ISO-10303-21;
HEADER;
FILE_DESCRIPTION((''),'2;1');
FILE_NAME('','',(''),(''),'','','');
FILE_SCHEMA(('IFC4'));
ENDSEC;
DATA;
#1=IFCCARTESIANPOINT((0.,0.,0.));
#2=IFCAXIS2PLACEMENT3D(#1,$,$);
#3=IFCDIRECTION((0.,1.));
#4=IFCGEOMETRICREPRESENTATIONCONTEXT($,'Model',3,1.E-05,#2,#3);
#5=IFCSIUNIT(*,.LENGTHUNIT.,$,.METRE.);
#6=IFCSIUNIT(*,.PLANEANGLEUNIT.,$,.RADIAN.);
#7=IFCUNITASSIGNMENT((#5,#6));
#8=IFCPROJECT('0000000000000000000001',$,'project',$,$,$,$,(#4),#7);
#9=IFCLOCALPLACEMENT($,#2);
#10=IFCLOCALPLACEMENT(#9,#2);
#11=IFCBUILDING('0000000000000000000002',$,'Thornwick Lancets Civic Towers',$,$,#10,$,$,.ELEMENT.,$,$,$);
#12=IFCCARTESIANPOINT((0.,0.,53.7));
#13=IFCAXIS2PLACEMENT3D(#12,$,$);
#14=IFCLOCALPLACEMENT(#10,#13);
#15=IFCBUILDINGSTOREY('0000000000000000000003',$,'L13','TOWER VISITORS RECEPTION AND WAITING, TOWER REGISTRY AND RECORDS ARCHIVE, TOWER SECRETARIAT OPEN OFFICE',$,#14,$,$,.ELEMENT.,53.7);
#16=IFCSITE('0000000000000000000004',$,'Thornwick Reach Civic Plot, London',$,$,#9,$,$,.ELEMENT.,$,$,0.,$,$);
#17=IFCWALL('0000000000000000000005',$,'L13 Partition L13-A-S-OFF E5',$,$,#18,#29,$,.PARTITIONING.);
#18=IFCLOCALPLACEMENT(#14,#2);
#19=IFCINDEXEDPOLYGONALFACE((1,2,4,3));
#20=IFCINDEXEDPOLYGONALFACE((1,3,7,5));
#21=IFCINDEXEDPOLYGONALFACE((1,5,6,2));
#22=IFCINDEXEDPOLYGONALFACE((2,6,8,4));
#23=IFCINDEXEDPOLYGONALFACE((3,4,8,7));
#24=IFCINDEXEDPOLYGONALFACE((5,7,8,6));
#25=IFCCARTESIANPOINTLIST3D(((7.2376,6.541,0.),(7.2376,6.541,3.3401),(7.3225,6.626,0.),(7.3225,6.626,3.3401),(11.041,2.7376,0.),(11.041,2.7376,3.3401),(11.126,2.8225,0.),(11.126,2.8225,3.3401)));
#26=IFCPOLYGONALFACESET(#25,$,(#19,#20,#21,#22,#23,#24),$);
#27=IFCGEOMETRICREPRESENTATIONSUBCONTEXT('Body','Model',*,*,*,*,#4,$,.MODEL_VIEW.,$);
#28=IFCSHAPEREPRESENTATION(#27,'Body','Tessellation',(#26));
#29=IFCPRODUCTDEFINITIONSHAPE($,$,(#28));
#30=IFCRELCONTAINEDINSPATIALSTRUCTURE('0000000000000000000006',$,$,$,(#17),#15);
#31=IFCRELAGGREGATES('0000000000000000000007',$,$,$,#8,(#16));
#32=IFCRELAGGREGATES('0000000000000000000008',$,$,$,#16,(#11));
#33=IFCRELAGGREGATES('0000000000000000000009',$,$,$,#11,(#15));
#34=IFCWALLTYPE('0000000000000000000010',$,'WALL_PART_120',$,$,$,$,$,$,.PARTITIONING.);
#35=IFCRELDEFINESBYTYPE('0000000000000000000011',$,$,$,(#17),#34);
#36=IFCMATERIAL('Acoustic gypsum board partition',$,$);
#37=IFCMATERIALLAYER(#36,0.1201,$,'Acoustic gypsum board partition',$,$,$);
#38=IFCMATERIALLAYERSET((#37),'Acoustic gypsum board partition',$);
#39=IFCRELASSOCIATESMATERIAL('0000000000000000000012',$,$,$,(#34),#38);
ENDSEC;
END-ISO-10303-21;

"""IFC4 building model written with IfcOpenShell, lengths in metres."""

from ifc_helpers import new_model, si_unit, direction, frame, frame_2d, origin, place, context, subcontext, project, spatial, rectangle, extrude, material, layer, layer_set, type_object, element, save


model = new_model("IFC4")

# Units and contexts
model_context = context("Model", 3, precision=1e-05, world=origin(), true_north=direction((0.0, 1.0)))
body_context = subcontext(model_context, "Body", "Model", "MODEL_VIEW")
ifc_project = project(units=[si_unit("LENGTHUNIT", "METRE"), si_unit("PLANEANGLEUNIT", "RADIAN")], contexts=[model_context])

# Site, building, storey
site_placement = place(None, origin())
site = spatial("IfcSite", under=ifc_project, at=site_placement, Name="Thornwick Reach Civic Plot, London", CompositionType="ELEMENT", RefElevation=0.0)
building_placement = place(site_placement, origin())
building = spatial("IfcBuilding", under=site, at=building_placement, Name="Thornwick Lancets Civic Towers", CompositionType="ELEMENT")
storey_placement = place(building_placement, frame((0.0, 0.0, 53.7)))
storey = spatial("IfcBuildingStorey", under=building, at=storey_placement, Name="L13", Description="TOWER VISITORS RECEPTION AND WAITING, TOWER REGISTRY AND RECORDS ARCHIVE, TOWER SECRETARIAT OPEN OFFICE", CompositionType="ELEMENT", Elevation=53.7)

# Wall
ifc_material_1 = material(Name="Acoustic gypsum board partition")
ifc_layer_1 = layer(ifc_material_1, 0.1201, Name="Acoustic gypsum board partition")
ifc_layer_set_1 = layer_set([ifc_layer_1], Name="Acoustic gypsum board partition")
wall_type_1 = type_object("IfcWallType", Name="WALL_PART_120", PredefinedType="PARTITIONING", material=ifc_layer_set_1)
wall_1_placement = place(storey_placement, frame((11.0835, 2.78, 0.0), z_axis=(0.0, 0.0, 1.0), x_axis=(-0.707107, 0.707107, 0.0)))
element("IfcWall", 1, at=wall_1_placement, inside=storey, type_object=wall_type_1, Name="L13 Partition L13-A-S-OFF E5", PredefinedType="PARTITIONING", context=body_context, shape_type="SweptSolid", body=[
    extrude(rectangle(XDim=5.3789, YDim=0.1201, at=frame_2d((2.6895, 0.0))), origin(), (0.0, 0.0, 1.0), 3.3401),
])

save(model, "model.ifc")
